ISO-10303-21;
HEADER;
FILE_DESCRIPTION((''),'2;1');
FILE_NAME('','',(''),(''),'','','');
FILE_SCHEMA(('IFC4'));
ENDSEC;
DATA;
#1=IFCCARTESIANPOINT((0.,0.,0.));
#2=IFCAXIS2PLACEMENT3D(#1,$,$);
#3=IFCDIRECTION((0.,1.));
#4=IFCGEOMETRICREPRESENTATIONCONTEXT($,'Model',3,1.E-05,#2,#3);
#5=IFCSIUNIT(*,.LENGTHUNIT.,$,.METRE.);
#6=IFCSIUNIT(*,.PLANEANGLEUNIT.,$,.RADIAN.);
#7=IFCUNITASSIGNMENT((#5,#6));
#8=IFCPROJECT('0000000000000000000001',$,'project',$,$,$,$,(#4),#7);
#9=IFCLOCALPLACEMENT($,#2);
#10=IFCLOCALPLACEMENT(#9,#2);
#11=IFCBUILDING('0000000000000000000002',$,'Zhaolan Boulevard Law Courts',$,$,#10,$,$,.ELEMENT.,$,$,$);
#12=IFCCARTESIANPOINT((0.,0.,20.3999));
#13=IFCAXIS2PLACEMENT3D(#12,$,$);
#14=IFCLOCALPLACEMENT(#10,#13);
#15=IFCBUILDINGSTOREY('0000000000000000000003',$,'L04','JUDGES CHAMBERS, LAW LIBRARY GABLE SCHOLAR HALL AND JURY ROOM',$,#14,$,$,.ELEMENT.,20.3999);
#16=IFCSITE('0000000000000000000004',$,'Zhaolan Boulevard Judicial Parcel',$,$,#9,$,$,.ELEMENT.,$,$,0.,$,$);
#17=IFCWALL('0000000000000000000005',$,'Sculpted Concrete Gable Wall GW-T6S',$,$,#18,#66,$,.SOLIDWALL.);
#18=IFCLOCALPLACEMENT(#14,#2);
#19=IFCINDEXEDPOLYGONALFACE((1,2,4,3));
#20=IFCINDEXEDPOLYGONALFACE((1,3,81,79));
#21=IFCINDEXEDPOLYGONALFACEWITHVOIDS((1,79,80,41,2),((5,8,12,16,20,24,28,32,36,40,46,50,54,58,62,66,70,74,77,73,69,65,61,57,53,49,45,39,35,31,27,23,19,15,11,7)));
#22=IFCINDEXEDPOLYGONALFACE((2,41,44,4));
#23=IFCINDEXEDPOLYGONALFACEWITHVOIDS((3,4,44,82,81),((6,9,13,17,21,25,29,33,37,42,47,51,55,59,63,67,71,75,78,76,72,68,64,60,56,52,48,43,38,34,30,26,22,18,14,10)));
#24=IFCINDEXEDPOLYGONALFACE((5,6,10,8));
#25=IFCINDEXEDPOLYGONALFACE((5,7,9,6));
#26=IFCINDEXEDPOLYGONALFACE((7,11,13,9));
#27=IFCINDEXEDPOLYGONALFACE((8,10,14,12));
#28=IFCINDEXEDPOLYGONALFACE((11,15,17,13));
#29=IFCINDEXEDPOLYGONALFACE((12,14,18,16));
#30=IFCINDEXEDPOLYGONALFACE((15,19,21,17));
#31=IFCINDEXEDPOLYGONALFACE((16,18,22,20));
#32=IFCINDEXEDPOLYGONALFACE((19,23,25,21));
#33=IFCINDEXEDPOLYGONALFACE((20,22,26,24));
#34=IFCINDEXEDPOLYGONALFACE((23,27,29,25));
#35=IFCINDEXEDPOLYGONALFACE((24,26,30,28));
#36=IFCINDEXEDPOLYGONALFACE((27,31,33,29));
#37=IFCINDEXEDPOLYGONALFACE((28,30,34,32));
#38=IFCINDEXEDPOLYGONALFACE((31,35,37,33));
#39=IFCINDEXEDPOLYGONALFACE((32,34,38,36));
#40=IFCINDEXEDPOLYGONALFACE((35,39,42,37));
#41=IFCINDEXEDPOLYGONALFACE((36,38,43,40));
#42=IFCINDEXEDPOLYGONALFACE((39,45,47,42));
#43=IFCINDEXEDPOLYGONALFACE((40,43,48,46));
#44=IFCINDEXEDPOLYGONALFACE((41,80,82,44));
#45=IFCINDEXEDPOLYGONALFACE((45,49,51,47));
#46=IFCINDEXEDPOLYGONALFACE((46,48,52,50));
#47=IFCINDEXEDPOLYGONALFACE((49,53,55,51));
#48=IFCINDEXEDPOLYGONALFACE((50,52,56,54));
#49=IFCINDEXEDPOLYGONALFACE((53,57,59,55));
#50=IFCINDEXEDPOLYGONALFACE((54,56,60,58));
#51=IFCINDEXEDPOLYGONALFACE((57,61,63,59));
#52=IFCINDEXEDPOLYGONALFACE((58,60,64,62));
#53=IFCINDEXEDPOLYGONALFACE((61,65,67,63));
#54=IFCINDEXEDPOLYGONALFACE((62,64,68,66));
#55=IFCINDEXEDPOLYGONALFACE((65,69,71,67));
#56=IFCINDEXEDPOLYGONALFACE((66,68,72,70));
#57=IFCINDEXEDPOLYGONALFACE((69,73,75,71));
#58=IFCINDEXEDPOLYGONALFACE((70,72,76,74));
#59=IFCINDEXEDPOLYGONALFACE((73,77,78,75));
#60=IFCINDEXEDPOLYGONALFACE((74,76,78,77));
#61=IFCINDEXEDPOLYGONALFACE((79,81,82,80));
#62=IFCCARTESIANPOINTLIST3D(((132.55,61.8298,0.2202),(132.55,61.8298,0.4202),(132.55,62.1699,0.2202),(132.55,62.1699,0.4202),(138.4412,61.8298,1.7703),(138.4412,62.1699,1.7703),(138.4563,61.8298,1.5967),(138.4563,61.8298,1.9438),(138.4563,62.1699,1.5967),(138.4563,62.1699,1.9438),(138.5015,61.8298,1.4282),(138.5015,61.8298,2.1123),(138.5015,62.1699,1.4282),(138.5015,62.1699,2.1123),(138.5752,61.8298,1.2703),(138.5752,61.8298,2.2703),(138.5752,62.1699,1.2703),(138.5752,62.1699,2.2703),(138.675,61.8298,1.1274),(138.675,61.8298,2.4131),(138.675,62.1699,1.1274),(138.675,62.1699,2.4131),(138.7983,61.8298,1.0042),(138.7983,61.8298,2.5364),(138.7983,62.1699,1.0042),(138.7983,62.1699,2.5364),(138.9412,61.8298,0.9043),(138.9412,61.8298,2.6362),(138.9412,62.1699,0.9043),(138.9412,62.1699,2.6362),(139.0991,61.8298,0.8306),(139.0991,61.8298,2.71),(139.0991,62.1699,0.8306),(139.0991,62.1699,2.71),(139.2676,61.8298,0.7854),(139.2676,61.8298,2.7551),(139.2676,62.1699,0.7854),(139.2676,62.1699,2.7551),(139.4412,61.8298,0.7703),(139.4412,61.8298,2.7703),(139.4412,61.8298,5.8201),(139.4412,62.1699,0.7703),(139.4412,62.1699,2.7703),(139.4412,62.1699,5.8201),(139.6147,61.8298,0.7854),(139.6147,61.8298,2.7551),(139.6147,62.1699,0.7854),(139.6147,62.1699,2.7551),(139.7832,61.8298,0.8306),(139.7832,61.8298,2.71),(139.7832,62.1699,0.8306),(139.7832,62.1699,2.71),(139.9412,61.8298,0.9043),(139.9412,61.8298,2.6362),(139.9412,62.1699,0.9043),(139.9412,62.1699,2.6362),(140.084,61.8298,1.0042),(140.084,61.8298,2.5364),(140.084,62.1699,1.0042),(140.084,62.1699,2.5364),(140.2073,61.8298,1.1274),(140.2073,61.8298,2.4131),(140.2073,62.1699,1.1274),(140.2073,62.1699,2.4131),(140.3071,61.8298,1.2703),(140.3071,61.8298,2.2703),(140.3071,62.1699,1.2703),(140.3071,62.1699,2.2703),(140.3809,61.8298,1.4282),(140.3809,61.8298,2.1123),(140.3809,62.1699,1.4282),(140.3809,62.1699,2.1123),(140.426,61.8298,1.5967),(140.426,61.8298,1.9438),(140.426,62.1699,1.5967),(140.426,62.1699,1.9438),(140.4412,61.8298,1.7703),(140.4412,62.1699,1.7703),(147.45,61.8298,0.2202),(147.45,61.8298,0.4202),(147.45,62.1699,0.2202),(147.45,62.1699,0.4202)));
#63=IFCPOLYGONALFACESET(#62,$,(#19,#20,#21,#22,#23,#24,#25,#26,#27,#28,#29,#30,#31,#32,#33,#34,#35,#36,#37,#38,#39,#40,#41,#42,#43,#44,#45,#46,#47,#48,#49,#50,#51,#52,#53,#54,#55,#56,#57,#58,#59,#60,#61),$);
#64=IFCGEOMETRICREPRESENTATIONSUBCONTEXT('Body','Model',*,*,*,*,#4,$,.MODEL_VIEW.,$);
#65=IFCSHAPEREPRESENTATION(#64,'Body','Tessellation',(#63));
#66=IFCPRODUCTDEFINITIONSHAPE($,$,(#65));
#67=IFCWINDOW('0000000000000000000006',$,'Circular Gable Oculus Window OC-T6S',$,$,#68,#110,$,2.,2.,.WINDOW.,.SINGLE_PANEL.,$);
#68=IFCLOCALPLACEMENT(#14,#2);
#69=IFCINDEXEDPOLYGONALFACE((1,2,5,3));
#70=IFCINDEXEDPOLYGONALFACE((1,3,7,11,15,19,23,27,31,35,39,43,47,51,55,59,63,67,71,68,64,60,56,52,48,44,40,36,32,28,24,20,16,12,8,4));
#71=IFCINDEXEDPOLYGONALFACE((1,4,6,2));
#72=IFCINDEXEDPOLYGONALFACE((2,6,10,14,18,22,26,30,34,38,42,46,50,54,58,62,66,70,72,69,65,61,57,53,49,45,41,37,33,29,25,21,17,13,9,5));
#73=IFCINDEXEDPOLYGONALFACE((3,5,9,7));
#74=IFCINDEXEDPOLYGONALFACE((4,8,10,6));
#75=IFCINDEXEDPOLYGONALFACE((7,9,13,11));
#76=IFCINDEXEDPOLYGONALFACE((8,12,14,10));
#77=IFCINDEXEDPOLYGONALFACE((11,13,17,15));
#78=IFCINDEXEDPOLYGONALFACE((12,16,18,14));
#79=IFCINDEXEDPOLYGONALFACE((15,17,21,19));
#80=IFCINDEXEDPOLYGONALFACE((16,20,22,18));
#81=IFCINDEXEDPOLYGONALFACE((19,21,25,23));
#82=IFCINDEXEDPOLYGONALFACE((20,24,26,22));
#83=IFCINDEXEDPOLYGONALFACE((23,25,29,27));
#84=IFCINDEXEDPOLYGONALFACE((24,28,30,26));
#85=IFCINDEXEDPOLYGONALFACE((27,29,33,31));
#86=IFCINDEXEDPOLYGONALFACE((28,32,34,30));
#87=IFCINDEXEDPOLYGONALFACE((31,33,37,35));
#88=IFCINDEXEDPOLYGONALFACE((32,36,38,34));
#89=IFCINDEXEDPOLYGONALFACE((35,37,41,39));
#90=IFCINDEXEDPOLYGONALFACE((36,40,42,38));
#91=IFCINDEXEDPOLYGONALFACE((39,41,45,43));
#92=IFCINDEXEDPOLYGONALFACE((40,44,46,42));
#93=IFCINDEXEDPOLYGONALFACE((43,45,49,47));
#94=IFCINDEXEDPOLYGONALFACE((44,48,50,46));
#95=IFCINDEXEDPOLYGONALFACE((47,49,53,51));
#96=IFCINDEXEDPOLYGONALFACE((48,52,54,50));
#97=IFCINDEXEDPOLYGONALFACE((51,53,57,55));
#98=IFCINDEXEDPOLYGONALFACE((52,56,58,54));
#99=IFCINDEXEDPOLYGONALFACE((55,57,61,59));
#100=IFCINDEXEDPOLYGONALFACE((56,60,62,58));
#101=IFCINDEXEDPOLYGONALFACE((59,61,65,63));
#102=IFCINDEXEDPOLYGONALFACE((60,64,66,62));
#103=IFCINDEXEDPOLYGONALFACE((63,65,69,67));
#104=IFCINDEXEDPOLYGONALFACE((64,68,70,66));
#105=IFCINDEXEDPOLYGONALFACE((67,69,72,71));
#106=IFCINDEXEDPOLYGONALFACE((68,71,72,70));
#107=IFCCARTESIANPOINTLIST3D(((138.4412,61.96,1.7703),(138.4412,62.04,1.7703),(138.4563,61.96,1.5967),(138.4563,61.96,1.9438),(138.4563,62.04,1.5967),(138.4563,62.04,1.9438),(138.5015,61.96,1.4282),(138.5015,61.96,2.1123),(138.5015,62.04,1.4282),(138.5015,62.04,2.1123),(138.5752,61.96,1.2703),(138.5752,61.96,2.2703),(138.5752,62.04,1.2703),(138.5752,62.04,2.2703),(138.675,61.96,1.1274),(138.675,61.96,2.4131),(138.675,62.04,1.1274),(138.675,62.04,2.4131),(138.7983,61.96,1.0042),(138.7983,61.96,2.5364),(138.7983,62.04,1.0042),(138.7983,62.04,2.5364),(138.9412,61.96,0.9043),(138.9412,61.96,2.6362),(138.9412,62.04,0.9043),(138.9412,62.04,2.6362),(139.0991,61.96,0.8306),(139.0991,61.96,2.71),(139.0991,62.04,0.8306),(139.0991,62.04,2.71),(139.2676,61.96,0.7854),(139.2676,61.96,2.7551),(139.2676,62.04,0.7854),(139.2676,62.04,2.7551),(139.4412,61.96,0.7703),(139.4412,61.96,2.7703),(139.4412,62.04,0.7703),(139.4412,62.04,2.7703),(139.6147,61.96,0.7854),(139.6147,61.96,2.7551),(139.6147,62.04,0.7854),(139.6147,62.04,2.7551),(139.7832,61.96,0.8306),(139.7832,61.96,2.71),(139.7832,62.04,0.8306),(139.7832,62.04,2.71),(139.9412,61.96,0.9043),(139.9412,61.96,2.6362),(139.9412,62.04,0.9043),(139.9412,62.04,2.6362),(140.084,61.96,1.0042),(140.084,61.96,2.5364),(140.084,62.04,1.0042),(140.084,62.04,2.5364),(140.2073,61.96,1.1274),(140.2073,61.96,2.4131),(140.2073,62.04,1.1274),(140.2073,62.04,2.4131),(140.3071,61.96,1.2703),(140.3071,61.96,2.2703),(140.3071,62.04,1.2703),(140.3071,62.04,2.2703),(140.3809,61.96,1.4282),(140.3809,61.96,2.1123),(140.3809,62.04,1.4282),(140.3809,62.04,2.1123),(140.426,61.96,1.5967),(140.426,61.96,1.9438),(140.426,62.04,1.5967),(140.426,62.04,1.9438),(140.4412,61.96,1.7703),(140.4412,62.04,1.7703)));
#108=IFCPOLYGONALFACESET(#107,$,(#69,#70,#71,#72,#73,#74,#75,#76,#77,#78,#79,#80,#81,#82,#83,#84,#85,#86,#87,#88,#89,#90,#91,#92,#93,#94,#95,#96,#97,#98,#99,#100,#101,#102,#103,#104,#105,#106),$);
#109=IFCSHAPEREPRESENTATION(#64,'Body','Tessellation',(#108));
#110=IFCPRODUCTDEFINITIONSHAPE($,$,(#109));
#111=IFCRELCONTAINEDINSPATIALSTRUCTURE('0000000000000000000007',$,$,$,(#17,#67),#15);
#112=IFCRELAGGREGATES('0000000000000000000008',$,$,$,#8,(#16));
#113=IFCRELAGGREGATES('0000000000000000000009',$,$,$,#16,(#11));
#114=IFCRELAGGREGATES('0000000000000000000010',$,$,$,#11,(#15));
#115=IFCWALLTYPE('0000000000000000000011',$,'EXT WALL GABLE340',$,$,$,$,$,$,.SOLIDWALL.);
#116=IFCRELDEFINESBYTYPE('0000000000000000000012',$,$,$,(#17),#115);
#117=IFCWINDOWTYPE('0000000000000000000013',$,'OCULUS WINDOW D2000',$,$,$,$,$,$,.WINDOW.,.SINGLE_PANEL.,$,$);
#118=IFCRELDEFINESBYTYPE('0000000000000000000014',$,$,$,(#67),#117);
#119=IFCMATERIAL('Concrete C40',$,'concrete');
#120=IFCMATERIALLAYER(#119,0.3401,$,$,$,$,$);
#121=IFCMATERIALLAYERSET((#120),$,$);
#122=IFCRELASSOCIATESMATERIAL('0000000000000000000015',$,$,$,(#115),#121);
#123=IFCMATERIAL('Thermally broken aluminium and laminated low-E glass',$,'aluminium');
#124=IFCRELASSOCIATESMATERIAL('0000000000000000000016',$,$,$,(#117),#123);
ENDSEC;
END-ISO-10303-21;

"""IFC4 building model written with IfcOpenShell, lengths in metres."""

from ifc_helpers import new_model, si_unit, direction, frame, origin, place, context, subcontext, project, spatial, polyline, outline, extrude, material, layer, layer_set, type_object, element, fill, save


model = new_model("IFC4")

# Units and contexts
model_context = context("Model", 3, precision=1e-05, world=origin(), true_north=direction((0.0, 1.0)))
body_context = subcontext(model_context, "Body", "Model", "MODEL_VIEW")
ifc_project = project(units=[si_unit("LENGTHUNIT", "METRE"), si_unit("PLANEANGLEUNIT", "RADIAN")], contexts=[model_context])

# Site, building, storey
site_placement = place(None, origin())
site = spatial("IfcSite", under=ifc_project, at=site_placement, Name="Zhaolan Boulevard Judicial Parcel", CompositionType="ELEMENT", RefElevation=0.0)
building_placement = place(site_placement, origin())
building = spatial("IfcBuilding", under=site, at=building_placement, Name="Zhaolan Boulevard Law Courts", CompositionType="ELEMENT")
storey_placement = place(building_placement, frame((0.0, 0.0, 20.3999)))
storey = spatial("IfcBuildingStorey", under=building, at=storey_placement, Name="L04", Description="JUDGES CHAMBERS, LAW LIBRARY GABLE SCHOLAR HALL AND JURY ROOM", CompositionType="ELEMENT", Elevation=20.3999)

# Wall, opening, window
ifc_material_1 = material(Name="Concrete C40", Category="concrete")
ifc_layer_1 = layer(ifc_material_1, 0.3401)
ifc_layer_set_1 = layer_set([ifc_layer_1])
wall_type = type_object("IfcWallType", Name="EXT WALL GABLE340", PredefinedType="SOLIDWALL", material=ifc_layer_set_1)
wall_1_placement = place(storey_placement, frame((132.55, 62.0, 0.2202), z_axis=(0.0, 0.0, 1.0), x_axis=(1.0, 0.0, 0.0)))
wall_1 = element("IfcWall", 1, at=wall_1_placement, inside=storey, type_object=wall_type, Name="Sculpted Concrete Gable Wall GW-T6S", PredefinedType="SOLIDWALL", context=body_context, shape_type="SweptSolid", body=[
    extrude(outline(polyline([(0.0, 0.0), (14.8999, 0.0), (14.8999, 0.2), (6.8911, 5.5999), (0.0, 0.2), (0.0, 0.0)])), frame((0.0, 0.1699, 0.0), z_axis=(0.0, -1.0, 0.0), x_axis=(1.0, 0.0, 0.0)), (0.0, 0.0, 1.0), 0.3401),
])
opening_1_placement = place(wall_1_placement, frame((5.8911, 0.0, 0.55)))
opening_1 = element("IfcOpeningElement", 2, at=opening_1_placement, cuts=wall_1, PredefinedType="OPENING", context=body_context, shape_type="SweptSolid", body=[
    extrude(outline(polyline([(2.0, 1.0), (1.9849, 1.1736), (1.9397, 1.342), (1.866, 1.5), (1.7661, 1.6428), (1.6428, 1.7661), (1.5, 1.866), (1.342, 1.9397), (1.1736, 1.9849), (1.0, 2.0), (0.8264, 1.9849), (0.658, 1.9397), (0.5, 1.866), (0.3572, 1.7661), (0.2339, 1.6428), (0.134, 1.5), (0.0603, 1.342), (0.0151, 1.1736), (0.0, 1.0), (0.0151, 0.8264), (0.0603, 0.658), (0.134, 0.5), (0.2339, 0.3572), (0.3572, 0.2339), (0.5, 0.134), (0.658, 0.0603), (0.8264, 0.0151), (1.0, 0.0), (1.1736, 0.0151), (1.342, 0.0603), (1.5, 0.134), (1.6428, 0.2339), (1.7661, 0.3572), (1.866, 0.5), (1.9397, 0.658), (1.9849, 0.8264), (2.0, 1.0)])), frame((0.0, 0.1799, 0.0), z_axis=(0.0, -1.0, 0.0), x_axis=(1.0, 0.0, 0.0)), (0.0, 0.0, 1.0), 0.3601),
])
ifc_material_2 = material(Name="Thermally broken aluminium and laminated low-E glass", Category="aluminium")
window_type_1 = type_object("IfcWindowType", Name="OCULUS WINDOW D2000", PartitioningType="SINGLE_PANEL", PredefinedType="WINDOW", material=ifc_material_2)
window_1_placement = place(opening_1_placement, origin())
window_1 = element("IfcWindow", 3, at=window_1_placement, inside=storey, type_object=window_type_1, Name="Circular Gable Oculus Window OC-T6S", OverallHeight=2.0, OverallWidth=2.0, PartitioningType="SINGLE_PANEL", PredefinedType="WINDOW", context=body_context, shape_type="SweptSolid", body=[
    extrude(outline(polyline([(2.0, 1.0), (1.9849, 1.1736), (1.9397, 1.342), (1.866, 1.5), (1.7661, 1.6428), (1.6428, 1.7661), (1.5, 1.866), (1.342, 1.9397), (1.1736, 1.9849), (1.0, 2.0), (0.8264, 1.9849), (0.658, 1.9397), (0.5, 1.866), (0.3572, 1.7661), (0.2339, 1.6428), (0.134, 1.5), (0.0603, 1.342), (0.0151, 1.1736), (0.0, 1.0), (0.0151, 0.8264), (0.0603, 0.658), (0.134, 0.5), (0.2339, 0.3572), (0.3572, 0.2339), (0.5, 0.134), (0.658, 0.0603), (0.8264, 0.0151), (1.0, 0.0), (1.1736, 0.0151), (1.342, 0.0603), (1.5, 0.134), (1.6428, 0.2339), (1.7661, 0.3572), (1.866, 0.5), (1.9397, 0.658), (1.9849, 0.8264), (2.0, 1.0)])), frame((0.0, 0.04, 0.0), z_axis=(0.0, -1.0, 0.0), x_axis=(1.0, 0.0, 0.0)), (0.0, 0.0, 1.0), 0.0801),
])
fill(opening_1, window_1)

save(model, "model.ifc")
